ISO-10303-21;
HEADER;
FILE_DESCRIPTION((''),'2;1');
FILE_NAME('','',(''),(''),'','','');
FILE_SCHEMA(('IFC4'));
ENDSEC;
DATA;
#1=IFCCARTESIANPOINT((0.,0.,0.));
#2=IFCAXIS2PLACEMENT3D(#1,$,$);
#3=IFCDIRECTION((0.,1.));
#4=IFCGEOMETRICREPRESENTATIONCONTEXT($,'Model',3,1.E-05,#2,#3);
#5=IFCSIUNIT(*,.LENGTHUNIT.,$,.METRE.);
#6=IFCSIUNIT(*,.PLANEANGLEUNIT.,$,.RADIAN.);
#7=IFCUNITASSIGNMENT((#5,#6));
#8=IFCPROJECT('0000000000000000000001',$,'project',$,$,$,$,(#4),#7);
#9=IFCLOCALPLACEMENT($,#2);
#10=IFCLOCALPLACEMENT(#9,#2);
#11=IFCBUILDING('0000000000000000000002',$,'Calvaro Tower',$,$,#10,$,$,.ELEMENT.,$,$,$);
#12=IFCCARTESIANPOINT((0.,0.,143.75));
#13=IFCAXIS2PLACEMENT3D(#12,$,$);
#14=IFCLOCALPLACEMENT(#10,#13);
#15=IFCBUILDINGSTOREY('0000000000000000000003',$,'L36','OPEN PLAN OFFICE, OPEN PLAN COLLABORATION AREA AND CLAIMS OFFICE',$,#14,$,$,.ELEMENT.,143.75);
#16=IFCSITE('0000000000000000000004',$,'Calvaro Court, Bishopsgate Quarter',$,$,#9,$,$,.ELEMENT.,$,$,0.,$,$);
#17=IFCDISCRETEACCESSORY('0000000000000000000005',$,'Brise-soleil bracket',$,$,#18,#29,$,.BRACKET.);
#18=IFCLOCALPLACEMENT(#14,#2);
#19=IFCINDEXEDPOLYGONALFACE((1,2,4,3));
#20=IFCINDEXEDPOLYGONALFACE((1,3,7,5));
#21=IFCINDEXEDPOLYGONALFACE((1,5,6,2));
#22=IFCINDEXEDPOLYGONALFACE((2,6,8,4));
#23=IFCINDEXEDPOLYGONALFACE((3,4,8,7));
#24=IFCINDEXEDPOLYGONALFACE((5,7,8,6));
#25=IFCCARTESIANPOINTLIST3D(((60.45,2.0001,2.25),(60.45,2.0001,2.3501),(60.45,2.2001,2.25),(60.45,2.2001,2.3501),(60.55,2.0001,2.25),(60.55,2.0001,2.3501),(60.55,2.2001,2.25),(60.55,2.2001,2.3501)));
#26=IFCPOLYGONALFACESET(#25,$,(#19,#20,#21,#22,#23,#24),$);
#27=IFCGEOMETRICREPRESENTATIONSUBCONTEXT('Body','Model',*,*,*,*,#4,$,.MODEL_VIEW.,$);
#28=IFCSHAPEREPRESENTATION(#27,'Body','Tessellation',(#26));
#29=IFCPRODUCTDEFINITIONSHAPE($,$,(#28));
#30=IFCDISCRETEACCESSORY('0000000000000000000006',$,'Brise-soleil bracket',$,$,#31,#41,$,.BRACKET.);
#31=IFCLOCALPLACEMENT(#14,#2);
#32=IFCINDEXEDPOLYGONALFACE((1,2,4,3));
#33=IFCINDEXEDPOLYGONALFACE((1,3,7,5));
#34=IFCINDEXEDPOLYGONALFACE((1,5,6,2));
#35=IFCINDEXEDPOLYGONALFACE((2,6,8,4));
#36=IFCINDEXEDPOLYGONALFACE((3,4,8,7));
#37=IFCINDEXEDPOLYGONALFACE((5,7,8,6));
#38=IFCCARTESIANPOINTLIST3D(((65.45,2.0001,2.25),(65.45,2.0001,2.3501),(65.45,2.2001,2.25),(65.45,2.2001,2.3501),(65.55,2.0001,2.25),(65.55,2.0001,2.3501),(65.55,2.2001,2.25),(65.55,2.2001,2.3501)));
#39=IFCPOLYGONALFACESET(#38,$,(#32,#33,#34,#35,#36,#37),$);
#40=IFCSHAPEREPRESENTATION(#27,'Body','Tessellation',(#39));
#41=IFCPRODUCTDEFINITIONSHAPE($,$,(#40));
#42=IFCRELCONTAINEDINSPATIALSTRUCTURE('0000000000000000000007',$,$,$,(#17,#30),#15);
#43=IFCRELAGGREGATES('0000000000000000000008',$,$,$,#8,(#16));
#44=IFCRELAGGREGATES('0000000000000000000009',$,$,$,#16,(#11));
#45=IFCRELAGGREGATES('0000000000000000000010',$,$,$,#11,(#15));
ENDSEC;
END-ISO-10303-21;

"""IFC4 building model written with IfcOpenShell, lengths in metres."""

from ifc_helpers import new_model, si_unit, direction, frame, origin, origin_2d, place, context, subcontext, project, spatial, rectangle, extrude, element, save


model = new_model("IFC4")

# Units and contexts
model_context = context("Model", 3, precision=1e-05, world=origin(), true_north=direction((0.0, 1.0)))
body_context = subcontext(model_context, "Body", "Model", "MODEL_VIEW")
ifc_project = project(units=[si_unit("LENGTHUNIT", "METRE"), si_unit("PLANEANGLEUNIT", "RADIAN")], contexts=[model_context])

# Site, building, storey
site_placement = place(None, origin())
site = spatial("IfcSite", under=ifc_project, at=site_placement, Name="Calvaro Court, Bishopsgate Quarter", CompositionType="ELEMENT", RefElevation=0.0)
building_placement = place(site_placement, origin())
building = spatial("IfcBuilding", under=site, at=building_placement, Name="Calvaro Tower", CompositionType="ELEMENT")
storey_placement = place(building_placement, frame((0.0, 0.0, 143.75)))
storey = spatial("IfcBuildingStorey", under=building, at=storey_placement, Name="L36", Description="OPEN PLAN OFFICE, OPEN PLAN COLLABORATION AREA AND CLAIMS OFFICE", CompositionType="ELEMENT", Elevation=143.75)

# Discrete accessories
for number, where, z_axis, x_axis, name in (
    (1, (60.5, 2.1001, 2.25), (0.0, 0.0, 1.0), (1.0, 0.0, 0.0), "Brise-soleil bracket"),
    (2, (65.5, 2.1001, 2.25), (0.0, 0.0, 1.0), (1.0, 0.0, 0.0), "Brise-soleil bracket"),
):
    element("IfcDiscreteAccessory", number, at=place(storey_placement, frame(where, z_axis=z_axis, x_axis=x_axis)), inside=storey, Name=name, PredefinedType="BRACKET", context=body_context, shape_type="SweptSolid", body=[
        extrude(rectangle(XDim=0.1001, YDim=0.2, at=origin_2d()), origin(), (0.0, 0.0, 1.0), 0.1001),
    ])

save(model, "model.ifc")
